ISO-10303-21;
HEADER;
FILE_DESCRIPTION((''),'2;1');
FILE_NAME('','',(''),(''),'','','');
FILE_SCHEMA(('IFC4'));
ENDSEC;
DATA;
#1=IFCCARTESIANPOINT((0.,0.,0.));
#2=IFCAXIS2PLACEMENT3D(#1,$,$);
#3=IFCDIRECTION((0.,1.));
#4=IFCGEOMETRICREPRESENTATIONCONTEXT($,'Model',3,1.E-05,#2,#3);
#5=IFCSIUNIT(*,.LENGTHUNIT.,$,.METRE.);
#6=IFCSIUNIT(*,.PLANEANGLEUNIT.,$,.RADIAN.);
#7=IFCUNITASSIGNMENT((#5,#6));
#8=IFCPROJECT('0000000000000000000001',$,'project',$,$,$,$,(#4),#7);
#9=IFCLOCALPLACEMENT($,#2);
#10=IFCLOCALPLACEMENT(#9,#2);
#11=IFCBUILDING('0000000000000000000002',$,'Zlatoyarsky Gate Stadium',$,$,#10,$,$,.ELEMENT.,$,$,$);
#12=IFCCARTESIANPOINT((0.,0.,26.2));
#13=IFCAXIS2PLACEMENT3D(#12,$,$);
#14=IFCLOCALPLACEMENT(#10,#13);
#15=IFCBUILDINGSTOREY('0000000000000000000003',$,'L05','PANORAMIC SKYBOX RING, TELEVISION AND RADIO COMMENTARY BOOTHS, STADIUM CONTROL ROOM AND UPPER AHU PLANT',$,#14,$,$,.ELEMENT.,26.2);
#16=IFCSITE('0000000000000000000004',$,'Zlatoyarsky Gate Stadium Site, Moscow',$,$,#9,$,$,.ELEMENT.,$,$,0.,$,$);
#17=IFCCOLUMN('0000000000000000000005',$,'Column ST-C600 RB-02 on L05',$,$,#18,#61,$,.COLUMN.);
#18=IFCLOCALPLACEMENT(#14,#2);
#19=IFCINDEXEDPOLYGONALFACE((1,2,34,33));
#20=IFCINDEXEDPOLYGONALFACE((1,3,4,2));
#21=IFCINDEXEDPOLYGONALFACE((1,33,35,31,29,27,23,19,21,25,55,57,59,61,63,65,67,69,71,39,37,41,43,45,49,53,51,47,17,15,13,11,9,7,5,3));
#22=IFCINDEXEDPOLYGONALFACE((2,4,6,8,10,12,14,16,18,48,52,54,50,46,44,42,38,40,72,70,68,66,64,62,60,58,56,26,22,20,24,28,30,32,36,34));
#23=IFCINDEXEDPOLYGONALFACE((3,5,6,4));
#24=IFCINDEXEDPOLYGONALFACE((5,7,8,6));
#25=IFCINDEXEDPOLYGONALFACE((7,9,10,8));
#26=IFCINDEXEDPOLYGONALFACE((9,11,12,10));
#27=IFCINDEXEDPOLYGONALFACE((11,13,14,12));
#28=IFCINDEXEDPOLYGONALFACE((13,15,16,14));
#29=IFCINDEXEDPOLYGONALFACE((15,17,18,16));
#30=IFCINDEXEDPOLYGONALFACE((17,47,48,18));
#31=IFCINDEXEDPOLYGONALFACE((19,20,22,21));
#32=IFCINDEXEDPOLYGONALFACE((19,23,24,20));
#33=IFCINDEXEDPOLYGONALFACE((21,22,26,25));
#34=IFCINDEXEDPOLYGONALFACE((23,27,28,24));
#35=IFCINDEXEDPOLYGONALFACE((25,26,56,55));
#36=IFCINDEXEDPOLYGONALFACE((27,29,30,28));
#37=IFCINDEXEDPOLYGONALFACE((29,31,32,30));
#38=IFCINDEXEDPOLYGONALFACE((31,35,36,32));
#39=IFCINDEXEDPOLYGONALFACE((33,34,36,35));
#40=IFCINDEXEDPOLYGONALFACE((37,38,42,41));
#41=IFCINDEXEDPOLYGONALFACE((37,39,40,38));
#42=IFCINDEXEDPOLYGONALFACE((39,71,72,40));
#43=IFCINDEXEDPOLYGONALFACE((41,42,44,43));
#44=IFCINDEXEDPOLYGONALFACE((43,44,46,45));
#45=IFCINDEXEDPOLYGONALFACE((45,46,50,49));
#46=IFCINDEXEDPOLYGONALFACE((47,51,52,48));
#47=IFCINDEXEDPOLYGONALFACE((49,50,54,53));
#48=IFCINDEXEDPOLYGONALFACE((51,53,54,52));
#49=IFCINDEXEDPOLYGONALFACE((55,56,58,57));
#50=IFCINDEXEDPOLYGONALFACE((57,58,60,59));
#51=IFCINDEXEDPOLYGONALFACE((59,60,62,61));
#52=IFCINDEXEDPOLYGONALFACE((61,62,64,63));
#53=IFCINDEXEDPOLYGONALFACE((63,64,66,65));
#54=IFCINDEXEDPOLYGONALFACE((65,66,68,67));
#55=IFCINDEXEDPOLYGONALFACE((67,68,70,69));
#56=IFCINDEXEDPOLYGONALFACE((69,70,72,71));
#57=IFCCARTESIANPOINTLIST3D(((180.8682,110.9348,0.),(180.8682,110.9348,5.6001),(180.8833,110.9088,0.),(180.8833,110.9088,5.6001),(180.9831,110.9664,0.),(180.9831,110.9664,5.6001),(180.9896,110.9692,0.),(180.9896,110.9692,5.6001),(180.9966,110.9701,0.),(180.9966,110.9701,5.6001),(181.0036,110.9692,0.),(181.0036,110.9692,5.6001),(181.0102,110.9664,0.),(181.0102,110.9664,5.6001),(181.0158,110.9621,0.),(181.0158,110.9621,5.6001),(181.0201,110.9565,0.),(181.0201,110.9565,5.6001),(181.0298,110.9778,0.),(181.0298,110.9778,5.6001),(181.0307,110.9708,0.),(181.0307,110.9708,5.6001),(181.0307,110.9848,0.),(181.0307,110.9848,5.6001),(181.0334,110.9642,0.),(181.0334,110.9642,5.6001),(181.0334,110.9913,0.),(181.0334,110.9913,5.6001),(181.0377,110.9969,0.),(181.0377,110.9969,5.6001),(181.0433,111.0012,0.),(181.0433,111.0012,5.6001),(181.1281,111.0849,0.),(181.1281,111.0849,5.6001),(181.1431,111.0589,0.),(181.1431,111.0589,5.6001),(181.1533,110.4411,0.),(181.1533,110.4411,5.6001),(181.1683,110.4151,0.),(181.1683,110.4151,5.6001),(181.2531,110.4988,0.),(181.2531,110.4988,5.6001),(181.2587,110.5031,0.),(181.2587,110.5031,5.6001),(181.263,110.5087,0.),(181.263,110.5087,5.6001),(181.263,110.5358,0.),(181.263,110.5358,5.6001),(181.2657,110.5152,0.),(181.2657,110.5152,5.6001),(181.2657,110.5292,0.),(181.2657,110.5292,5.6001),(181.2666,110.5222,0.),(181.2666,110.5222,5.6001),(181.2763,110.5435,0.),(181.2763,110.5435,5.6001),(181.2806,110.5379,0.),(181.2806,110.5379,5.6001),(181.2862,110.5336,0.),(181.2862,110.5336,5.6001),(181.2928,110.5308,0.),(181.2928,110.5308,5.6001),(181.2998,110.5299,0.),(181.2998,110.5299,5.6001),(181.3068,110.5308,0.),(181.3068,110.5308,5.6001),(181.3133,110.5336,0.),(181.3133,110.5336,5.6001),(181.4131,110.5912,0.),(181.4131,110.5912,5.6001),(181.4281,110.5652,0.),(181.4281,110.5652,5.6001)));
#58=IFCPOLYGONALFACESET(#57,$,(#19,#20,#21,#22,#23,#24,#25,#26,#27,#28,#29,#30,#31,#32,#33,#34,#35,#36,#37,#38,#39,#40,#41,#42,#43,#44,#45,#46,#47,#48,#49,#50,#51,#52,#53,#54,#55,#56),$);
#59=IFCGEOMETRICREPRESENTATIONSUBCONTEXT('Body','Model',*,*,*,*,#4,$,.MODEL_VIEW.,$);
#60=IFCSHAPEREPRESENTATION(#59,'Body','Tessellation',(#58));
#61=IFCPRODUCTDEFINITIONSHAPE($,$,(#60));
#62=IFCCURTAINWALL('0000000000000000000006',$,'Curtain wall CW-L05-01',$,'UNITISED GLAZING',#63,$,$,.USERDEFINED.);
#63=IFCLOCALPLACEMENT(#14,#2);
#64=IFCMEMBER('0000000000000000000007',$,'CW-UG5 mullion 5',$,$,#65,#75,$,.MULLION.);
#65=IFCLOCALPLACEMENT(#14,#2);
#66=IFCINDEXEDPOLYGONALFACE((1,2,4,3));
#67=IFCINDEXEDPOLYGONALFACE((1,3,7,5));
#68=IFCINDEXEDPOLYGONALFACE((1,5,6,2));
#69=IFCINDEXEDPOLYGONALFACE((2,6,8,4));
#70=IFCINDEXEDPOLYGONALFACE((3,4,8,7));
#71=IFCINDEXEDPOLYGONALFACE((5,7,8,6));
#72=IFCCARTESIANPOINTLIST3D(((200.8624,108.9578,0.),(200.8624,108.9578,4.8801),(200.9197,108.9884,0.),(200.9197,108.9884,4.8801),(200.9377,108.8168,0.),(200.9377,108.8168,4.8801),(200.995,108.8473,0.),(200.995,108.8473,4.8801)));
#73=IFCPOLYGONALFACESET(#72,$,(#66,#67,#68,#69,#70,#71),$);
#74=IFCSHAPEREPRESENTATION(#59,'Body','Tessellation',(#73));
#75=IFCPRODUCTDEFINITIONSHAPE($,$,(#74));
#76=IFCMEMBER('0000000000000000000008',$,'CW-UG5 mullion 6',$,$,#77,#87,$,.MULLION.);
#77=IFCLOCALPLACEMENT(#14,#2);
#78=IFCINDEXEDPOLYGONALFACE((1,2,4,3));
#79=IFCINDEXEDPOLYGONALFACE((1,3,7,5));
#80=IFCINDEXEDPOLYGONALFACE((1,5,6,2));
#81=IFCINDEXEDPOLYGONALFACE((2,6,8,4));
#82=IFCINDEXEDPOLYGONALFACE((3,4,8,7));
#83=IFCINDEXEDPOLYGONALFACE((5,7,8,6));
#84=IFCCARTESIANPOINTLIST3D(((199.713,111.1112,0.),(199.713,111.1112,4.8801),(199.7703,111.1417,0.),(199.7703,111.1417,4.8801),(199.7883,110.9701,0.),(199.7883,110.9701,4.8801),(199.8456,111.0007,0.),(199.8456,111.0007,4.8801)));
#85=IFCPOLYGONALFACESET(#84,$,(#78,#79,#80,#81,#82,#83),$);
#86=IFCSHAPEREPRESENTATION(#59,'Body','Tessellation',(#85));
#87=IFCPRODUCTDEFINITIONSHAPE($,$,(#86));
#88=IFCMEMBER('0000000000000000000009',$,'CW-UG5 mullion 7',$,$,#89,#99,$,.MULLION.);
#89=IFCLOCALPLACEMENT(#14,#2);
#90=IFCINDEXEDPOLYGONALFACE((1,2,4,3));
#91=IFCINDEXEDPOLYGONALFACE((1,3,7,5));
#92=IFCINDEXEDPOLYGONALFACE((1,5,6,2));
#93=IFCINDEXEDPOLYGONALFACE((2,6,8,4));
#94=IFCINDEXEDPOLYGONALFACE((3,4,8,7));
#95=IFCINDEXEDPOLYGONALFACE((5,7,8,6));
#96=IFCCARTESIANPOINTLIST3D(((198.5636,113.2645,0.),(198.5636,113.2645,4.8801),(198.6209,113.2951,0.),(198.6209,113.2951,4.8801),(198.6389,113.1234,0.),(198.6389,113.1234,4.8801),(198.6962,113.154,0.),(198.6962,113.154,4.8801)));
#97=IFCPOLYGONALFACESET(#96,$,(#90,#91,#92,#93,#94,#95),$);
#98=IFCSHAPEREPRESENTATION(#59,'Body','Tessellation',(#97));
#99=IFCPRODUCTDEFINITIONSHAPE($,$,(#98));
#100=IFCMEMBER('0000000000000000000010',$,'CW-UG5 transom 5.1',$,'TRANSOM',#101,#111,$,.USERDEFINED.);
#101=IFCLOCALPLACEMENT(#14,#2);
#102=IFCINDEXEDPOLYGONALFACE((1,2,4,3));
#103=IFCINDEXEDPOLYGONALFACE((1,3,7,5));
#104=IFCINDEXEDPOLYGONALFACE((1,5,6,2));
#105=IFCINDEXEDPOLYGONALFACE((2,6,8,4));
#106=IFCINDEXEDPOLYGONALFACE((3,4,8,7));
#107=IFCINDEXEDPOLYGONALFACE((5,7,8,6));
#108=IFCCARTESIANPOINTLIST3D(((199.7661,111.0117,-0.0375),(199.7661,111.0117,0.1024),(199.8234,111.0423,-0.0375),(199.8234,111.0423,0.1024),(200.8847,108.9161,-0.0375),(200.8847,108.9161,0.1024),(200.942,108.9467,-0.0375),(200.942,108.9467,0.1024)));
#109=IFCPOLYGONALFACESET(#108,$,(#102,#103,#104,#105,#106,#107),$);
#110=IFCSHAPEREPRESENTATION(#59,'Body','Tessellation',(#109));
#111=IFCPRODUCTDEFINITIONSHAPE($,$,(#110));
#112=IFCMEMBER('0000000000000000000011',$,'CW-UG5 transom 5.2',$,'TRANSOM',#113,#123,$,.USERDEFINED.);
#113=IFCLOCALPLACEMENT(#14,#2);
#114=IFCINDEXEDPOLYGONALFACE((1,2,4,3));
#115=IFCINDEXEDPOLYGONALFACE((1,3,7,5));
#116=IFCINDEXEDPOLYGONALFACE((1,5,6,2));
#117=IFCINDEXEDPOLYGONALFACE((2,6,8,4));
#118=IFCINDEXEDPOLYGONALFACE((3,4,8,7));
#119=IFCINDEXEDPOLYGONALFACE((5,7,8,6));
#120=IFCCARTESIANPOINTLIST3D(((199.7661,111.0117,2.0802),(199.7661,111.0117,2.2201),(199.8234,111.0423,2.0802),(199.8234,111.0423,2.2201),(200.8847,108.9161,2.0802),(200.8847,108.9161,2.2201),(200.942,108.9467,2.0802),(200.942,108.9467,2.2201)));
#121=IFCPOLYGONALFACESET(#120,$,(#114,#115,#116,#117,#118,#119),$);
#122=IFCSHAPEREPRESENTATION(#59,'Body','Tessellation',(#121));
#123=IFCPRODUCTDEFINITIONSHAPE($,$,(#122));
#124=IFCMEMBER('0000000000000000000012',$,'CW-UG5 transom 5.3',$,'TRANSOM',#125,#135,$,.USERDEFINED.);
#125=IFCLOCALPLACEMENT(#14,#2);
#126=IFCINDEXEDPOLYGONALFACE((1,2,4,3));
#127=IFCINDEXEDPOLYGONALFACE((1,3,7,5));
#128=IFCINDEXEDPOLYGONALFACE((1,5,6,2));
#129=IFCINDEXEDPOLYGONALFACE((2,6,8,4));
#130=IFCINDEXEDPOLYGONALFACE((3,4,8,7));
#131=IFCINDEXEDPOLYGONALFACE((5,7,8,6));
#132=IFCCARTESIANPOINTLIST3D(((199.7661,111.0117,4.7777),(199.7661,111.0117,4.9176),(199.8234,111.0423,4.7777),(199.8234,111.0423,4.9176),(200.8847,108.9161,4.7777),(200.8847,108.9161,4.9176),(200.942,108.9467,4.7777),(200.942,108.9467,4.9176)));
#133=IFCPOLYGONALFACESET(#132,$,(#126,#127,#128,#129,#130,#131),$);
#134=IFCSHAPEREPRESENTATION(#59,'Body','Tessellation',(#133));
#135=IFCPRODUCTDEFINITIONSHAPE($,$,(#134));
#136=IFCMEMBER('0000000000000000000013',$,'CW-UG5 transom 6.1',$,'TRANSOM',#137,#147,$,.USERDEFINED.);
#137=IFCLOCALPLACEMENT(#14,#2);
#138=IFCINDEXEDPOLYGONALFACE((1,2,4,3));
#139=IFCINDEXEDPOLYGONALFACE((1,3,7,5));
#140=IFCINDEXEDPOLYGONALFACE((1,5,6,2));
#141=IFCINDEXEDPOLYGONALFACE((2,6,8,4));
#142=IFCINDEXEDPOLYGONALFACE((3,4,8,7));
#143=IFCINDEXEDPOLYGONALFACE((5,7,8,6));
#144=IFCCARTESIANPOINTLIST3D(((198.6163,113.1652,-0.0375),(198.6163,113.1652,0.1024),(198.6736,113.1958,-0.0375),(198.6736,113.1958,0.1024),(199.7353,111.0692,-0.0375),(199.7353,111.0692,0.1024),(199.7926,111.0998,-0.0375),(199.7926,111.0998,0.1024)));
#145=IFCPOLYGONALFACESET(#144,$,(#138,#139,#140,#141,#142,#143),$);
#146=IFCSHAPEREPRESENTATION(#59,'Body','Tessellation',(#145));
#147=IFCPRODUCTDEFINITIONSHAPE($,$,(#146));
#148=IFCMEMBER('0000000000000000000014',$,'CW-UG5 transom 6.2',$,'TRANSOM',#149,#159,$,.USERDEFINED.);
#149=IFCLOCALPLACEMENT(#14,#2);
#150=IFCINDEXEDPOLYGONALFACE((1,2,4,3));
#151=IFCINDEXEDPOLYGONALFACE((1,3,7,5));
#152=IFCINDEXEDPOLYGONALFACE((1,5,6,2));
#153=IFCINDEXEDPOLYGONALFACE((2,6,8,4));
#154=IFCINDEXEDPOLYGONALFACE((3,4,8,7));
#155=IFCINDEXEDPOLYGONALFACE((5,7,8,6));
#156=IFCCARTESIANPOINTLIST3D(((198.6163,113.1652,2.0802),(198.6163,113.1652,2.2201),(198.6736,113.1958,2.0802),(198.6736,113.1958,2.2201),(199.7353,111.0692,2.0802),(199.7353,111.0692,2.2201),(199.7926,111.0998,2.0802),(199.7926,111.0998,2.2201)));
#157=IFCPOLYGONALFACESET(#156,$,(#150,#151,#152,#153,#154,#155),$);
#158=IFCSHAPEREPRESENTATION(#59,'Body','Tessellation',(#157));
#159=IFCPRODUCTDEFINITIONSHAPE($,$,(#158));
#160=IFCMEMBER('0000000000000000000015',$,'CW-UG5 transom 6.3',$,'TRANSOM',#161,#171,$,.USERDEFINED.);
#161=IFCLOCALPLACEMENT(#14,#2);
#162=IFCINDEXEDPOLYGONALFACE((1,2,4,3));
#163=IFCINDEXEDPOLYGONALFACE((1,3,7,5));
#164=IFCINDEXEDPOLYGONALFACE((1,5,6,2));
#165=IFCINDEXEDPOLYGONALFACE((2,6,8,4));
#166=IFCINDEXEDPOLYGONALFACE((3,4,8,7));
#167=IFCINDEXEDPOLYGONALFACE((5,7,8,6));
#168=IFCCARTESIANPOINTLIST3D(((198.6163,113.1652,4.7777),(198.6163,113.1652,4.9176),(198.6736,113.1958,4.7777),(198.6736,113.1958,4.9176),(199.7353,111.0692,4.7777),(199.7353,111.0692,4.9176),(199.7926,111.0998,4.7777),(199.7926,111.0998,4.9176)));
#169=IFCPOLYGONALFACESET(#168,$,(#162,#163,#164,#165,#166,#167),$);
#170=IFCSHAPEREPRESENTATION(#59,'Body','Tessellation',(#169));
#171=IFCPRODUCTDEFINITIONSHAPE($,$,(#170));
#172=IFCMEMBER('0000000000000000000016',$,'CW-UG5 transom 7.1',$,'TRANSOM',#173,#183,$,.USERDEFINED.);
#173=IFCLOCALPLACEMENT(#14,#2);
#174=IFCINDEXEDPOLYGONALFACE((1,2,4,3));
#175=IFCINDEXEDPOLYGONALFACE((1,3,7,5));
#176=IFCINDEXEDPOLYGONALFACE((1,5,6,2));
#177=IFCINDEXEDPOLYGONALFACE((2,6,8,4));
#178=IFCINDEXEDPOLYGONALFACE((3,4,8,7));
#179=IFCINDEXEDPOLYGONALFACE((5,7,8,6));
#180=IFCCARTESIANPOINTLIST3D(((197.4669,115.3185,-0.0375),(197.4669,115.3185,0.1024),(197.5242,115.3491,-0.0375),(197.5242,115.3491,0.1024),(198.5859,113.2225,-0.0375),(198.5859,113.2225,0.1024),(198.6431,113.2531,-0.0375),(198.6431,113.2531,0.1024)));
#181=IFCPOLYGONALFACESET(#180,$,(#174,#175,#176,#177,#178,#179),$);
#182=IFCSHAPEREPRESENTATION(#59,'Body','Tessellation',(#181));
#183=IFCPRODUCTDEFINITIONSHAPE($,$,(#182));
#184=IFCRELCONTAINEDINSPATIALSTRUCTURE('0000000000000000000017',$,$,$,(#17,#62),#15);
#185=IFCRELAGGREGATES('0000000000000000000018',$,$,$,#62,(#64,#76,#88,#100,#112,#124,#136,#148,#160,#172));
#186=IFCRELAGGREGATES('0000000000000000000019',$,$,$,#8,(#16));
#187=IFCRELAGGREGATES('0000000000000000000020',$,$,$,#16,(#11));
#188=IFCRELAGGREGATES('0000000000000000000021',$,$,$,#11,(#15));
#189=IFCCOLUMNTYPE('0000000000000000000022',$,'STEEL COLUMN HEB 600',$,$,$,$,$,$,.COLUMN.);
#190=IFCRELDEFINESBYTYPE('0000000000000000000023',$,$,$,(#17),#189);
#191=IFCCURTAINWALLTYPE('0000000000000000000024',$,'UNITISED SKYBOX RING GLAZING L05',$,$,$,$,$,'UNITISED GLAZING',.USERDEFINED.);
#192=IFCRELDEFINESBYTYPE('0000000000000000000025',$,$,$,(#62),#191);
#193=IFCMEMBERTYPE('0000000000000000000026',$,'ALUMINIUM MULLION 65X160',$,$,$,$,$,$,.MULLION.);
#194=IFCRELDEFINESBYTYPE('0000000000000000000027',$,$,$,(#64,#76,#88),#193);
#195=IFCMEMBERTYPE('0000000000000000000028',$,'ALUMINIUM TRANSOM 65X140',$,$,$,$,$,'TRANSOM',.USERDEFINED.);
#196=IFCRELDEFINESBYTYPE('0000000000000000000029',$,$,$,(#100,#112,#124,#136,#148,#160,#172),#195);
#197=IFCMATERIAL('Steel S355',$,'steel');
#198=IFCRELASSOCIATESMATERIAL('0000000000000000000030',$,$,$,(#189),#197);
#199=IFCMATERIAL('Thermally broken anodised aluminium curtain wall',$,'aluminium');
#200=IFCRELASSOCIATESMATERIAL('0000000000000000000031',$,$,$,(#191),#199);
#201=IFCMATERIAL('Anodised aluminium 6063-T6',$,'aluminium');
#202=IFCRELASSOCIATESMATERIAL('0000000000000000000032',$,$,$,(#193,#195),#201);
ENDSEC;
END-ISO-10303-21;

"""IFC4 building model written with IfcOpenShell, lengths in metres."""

from ifc_helpers import new_model, si_unit, direction, frame, origin, origin_2d, place, context, subcontext, project, spatial, rectangle, i_section, extrude, material, material_profile, profile_set, type_object, element, aggregate, save


model = new_model("IFC4")

# Units and contexts
model_context = context("Model", 3, precision=1e-05, world=origin(), true_north=direction((0.0, 1.0)))
body_context = subcontext(model_context, "Body", "Model", "MODEL_VIEW")
ifc_project = project(units=[si_unit("LENGTHUNIT", "METRE"), si_unit("PLANEANGLEUNIT", "RADIAN")], contexts=[model_context])

# Site, building, storey
site_placement = place(None, origin())
site = spatial("IfcSite", under=ifc_project, at=site_placement, Name="Zlatoyarsky Gate Stadium Site, Moscow", CompositionType="ELEMENT", RefElevation=0.0)
building_placement = place(site_placement, origin())
building = spatial("IfcBuilding", under=site, at=building_placement, Name="Zlatoyarsky Gate Stadium", CompositionType="ELEMENT")
storey_placement = place(building_placement, frame((0.0, 0.0, 26.2)))
storey = spatial("IfcBuildingStorey", under=building, at=storey_placement, Name="L05", Description="PANORAMIC SKYBOX RING, TELEVISION AND RADIO COMMENTARY BOOTHS, STADIUM CONTROL ROOM AND UPPER AHU PLANT", CompositionType="ELEMENT", Elevation=26.2)

# Column
ifc_material_1 = material(Name="Steel S355", Category="steel")
ifc_material_profile_1 = material_profile(ifc_material_1, i_section(OverallWidth=0.3, OverallDepth=0.6001, WebThickness=0.0154, FlangeThickness=0.03, FilletRadius=0.0271, at=origin_2d()), Name="HEB 600")
ifc_profile_set_1 = profile_set([ifc_material_profile_1], Name="Steel S355")
column_type = type_object("IfcColumnType", Name="STEEL COLUMN HEB 600", PredefinedType="COLUMN", material=ifc_profile_set_1)
column_placement = place(storey_placement, frame((181.1482, 110.75, 0.0), z_axis=(0.0, 0.0, 1.0), x_axis=(0.866025, 0.5, 0.0)))
element("IfcColumn", 1, at=column_placement, inside=storey, type_object=column_type, Name="Column ST-C600 RB-02 on L05", PredefinedType="COLUMN", context=body_context, shape_type="SweptSolid", body=[
    extrude(i_section(OverallWidth=0.3, OverallDepth=0.6001, WebThickness=0.0154, FlangeThickness=0.03, FilletRadius=0.0271, at=origin_2d()), origin(), (0.0, 0.0, 1.0), 5.6001),
])

# Curtain wall, members
ifc_material_2 = material(Name="Thermally broken anodised aluminium curtain wall", Category="aluminium")
curtain_wall_type = type_object("IfcCurtainWallType", Name="UNITISED SKYBOX RING GLAZING L05", ElementType="UNITISED GLAZING", PredefinedType="USERDEFINED", material=ifc_material_2)
curtain_wall_placement = place(storey_placement, origin())
curtain_wall = element("IfcCurtainWall", 2, at=curtain_wall_placement, inside=storey, type_object=curtain_wall_type, Name="Curtain wall CW-L05-01", ObjectType="UNITISED GLAZING", PredefinedType="USERDEFINED")
ifc_material_3 = material(Name="Anodised aluminium 6063-T6", Category="aluminium")
ifc_material_profile_2 = material_profile(ifc_material_3, rectangle(XDim=0.0649, YDim=0.1599, at=origin_2d()), Name="ALU 65X160")
ifc_profile_set_2 = profile_set([ifc_material_profile_2], Name="Anodised aluminium 6063-T6")
member_type_1 = type_object("IfcMemberType", Name="ALUMINIUM MULLION 65X160", PredefinedType="MULLION", material=ifc_profile_set_2)
member_1_placement = place(storey_placement, frame((200.9287, 108.9026, 0.0), z_axis=(0.0, 0.0, 1.0), x_axis=(-0.882167, -0.470937, 0.0)))
member_1 = element("IfcMember", 3, at=member_1_placement, type_object=member_type_1, Name="CW-UG5 mullion 5", PredefinedType="MULLION", context=body_context, shape_type="SweptSolid", body=[
    extrude(rectangle(XDim=0.0649, YDim=0.1599, at=origin_2d()), origin(), (0.0, 0.0, 1.0), 4.8801),
])
member_2_placement = place(storey_placement, frame((199.7793, 111.0559, 0.0), z_axis=(0.0, 0.0, 1.0), x_axis=(-0.882167, -0.470937, 0.0)))
member_2 = element("IfcMember", 4, at=member_2_placement, type_object=member_type_1, Name="CW-UG5 mullion 6", PredefinedType="MULLION", context=body_context, shape_type="SweptSolid", body=[
    extrude(rectangle(XDim=0.0649, YDim=0.1599, at=origin_2d()), origin(), (0.0, 0.0, 1.0), 4.8801),
])
member_3_placement = place(storey_placement, frame((198.6299, 113.2092, 0.0), z_axis=(0.0, 0.0, 1.0), x_axis=(-0.882167, -0.470937, 0.0)))
member_3 = element("IfcMember", 5, at=member_3_placement, type_object=member_type_1, Name="CW-UG5 mullion 7", PredefinedType="MULLION", context=body_context, shape_type="SweptSolid", body=[
    extrude(rectangle(XDim=0.0649, YDim=0.1599, at=origin_2d()), origin(), (0.0, 0.0, 1.0), 4.8801),
])
ifc_material_profile_3 = material_profile(ifc_material_3, rectangle(XDim=0.0649, YDim=0.1399, at=origin_2d()), Name="ALU 65X140")
ifc_profile_set_3 = profile_set([ifc_material_profile_3], Name="Anodised aluminium 6063-T6")
member_type_2 = type_object("IfcMemberType", Name="ALUMINIUM TRANSOM 65X140", ElementType="TRANSOM", PredefinedType="USERDEFINED", material=ifc_profile_set_3)
member_4_placement = place(storey_placement, frame((200.9133, 108.9314, 0.0325), z_axis=(-0.470898, 0.882188, 0.0), x_axis=(-0.882188, -0.470898, 0.0)))
member_4 = element("IfcMember", 6, at=member_4_placement, type_object=member_type_2, Name="CW-UG5 transom 5.1", ObjectType="TRANSOM", PredefinedType="USERDEFINED", context=body_context, shape_type="SweptSolid", body=[
    extrude(rectangle(XDim=0.0649, YDim=0.1399, at=origin_2d()), origin(), (0.0, 0.0, 1.0), 2.3755),
])
member_5_placement = place(storey_placement, frame((200.9133, 108.9314, 2.1501), z_axis=(-0.470898, 0.882188, 0.0), x_axis=(-0.882188, -0.470898, 0.0)))
member_5 = element("IfcMember", 7, at=member_5_placement, type_object=member_type_2, Name="CW-UG5 transom 5.2", ObjectType="TRANSOM", PredefinedType="USERDEFINED", context=body_context, shape_type="SweptSolid", body=[
    extrude(rectangle(XDim=0.0649, YDim=0.1399, at=origin_2d()), origin(), (0.0, 0.0, 1.0), 2.3755),
])
member_6_placement = place(storey_placement, frame((200.9133, 108.9314, 4.8477), z_axis=(-0.470898, 0.882188, 0.0), x_axis=(-0.882188, -0.470898, 0.0)))
member_6 = element("IfcMember", 8, at=member_6_placement, type_object=member_type_2, Name="CW-UG5 transom 5.3", ObjectType="TRANSOM", PredefinedType="USERDEFINED", context=body_context, shape_type="SweptSolid", body=[
    extrude(rectangle(XDim=0.0649, YDim=0.1399, at=origin_2d()), origin(), (0.0, 0.0, 1.0), 2.3755),
])
member_7_placement = place(storey_placement, frame((199.7639, 111.0845, 0.0325), z_axis=(-0.470935, 0.882168, 0.0), x_axis=(-0.882168, -0.470935, 0.0)))
member_7 = element("IfcMember", 9, at=member_7_placement, type_object=member_type_2, Name="CW-UG5 transom 6.1", ObjectType="TRANSOM", PredefinedType="USERDEFINED", context=body_context, shape_type="SweptSolid", body=[
    extrude(rectangle(XDim=0.0649, YDim=0.1399, at=origin_2d()), origin(), (0.0, 0.0, 1.0), 2.376),
])
member_8_placement = place(storey_placement, frame((199.7639, 111.0845, 2.1501), z_axis=(-0.470935, 0.882168, 0.0), x_axis=(-0.882168, -0.470935, 0.0)))
member_8 = element("IfcMember", 10, at=member_8_placement, type_object=member_type_2, Name="CW-UG5 transom 6.2", ObjectType="TRANSOM", PredefinedType="USERDEFINED", context=body_context, shape_type="SweptSolid", body=[
    extrude(rectangle(XDim=0.0649, YDim=0.1399, at=origin_2d()), origin(), (0.0, 0.0, 1.0), 2.376),
])
member_9_placement = place(storey_placement, frame((199.7639, 111.0845, 4.8477), z_axis=(-0.470935, 0.882168, 0.0), x_axis=(-0.882168, -0.470935, 0.0)))
member_9 = element("IfcMember", 11, at=member_9_placement, type_object=member_type_2, Name="CW-UG5 transom 6.3", ObjectType="TRANSOM", PredefinedType="USERDEFINED", context=body_context, shape_type="SweptSolid", body=[
    extrude(rectangle(XDim=0.0649, YDim=0.1399, at=origin_2d()), origin(), (0.0, 0.0, 1.0), 2.376),
])
member_10_placement = place(storey_placement, frame((198.6145, 113.2378, 0.0325), z_axis=(-0.470935, 0.882168, 0.0), x_axis=(-0.882168, -0.470935, 0.0)))
member_10 = element("IfcMember", 12, at=member_10_placement, type_object=member_type_2, Name="CW-UG5 transom 7.1", ObjectType="TRANSOM", PredefinedType="USERDEFINED", context=body_context, shape_type="SweptSolid", body=[
    extrude(rectangle(XDim=0.0649, YDim=0.1399, at=origin_2d()), origin(), (0.0, 0.0, 1.0), 2.376),
])

aggregate(curtain_wall, [member_1, member_2, member_3, member_4, member_5, member_6, member_7, member_8, member_9, member_10])

save(model, "model.ifc")
